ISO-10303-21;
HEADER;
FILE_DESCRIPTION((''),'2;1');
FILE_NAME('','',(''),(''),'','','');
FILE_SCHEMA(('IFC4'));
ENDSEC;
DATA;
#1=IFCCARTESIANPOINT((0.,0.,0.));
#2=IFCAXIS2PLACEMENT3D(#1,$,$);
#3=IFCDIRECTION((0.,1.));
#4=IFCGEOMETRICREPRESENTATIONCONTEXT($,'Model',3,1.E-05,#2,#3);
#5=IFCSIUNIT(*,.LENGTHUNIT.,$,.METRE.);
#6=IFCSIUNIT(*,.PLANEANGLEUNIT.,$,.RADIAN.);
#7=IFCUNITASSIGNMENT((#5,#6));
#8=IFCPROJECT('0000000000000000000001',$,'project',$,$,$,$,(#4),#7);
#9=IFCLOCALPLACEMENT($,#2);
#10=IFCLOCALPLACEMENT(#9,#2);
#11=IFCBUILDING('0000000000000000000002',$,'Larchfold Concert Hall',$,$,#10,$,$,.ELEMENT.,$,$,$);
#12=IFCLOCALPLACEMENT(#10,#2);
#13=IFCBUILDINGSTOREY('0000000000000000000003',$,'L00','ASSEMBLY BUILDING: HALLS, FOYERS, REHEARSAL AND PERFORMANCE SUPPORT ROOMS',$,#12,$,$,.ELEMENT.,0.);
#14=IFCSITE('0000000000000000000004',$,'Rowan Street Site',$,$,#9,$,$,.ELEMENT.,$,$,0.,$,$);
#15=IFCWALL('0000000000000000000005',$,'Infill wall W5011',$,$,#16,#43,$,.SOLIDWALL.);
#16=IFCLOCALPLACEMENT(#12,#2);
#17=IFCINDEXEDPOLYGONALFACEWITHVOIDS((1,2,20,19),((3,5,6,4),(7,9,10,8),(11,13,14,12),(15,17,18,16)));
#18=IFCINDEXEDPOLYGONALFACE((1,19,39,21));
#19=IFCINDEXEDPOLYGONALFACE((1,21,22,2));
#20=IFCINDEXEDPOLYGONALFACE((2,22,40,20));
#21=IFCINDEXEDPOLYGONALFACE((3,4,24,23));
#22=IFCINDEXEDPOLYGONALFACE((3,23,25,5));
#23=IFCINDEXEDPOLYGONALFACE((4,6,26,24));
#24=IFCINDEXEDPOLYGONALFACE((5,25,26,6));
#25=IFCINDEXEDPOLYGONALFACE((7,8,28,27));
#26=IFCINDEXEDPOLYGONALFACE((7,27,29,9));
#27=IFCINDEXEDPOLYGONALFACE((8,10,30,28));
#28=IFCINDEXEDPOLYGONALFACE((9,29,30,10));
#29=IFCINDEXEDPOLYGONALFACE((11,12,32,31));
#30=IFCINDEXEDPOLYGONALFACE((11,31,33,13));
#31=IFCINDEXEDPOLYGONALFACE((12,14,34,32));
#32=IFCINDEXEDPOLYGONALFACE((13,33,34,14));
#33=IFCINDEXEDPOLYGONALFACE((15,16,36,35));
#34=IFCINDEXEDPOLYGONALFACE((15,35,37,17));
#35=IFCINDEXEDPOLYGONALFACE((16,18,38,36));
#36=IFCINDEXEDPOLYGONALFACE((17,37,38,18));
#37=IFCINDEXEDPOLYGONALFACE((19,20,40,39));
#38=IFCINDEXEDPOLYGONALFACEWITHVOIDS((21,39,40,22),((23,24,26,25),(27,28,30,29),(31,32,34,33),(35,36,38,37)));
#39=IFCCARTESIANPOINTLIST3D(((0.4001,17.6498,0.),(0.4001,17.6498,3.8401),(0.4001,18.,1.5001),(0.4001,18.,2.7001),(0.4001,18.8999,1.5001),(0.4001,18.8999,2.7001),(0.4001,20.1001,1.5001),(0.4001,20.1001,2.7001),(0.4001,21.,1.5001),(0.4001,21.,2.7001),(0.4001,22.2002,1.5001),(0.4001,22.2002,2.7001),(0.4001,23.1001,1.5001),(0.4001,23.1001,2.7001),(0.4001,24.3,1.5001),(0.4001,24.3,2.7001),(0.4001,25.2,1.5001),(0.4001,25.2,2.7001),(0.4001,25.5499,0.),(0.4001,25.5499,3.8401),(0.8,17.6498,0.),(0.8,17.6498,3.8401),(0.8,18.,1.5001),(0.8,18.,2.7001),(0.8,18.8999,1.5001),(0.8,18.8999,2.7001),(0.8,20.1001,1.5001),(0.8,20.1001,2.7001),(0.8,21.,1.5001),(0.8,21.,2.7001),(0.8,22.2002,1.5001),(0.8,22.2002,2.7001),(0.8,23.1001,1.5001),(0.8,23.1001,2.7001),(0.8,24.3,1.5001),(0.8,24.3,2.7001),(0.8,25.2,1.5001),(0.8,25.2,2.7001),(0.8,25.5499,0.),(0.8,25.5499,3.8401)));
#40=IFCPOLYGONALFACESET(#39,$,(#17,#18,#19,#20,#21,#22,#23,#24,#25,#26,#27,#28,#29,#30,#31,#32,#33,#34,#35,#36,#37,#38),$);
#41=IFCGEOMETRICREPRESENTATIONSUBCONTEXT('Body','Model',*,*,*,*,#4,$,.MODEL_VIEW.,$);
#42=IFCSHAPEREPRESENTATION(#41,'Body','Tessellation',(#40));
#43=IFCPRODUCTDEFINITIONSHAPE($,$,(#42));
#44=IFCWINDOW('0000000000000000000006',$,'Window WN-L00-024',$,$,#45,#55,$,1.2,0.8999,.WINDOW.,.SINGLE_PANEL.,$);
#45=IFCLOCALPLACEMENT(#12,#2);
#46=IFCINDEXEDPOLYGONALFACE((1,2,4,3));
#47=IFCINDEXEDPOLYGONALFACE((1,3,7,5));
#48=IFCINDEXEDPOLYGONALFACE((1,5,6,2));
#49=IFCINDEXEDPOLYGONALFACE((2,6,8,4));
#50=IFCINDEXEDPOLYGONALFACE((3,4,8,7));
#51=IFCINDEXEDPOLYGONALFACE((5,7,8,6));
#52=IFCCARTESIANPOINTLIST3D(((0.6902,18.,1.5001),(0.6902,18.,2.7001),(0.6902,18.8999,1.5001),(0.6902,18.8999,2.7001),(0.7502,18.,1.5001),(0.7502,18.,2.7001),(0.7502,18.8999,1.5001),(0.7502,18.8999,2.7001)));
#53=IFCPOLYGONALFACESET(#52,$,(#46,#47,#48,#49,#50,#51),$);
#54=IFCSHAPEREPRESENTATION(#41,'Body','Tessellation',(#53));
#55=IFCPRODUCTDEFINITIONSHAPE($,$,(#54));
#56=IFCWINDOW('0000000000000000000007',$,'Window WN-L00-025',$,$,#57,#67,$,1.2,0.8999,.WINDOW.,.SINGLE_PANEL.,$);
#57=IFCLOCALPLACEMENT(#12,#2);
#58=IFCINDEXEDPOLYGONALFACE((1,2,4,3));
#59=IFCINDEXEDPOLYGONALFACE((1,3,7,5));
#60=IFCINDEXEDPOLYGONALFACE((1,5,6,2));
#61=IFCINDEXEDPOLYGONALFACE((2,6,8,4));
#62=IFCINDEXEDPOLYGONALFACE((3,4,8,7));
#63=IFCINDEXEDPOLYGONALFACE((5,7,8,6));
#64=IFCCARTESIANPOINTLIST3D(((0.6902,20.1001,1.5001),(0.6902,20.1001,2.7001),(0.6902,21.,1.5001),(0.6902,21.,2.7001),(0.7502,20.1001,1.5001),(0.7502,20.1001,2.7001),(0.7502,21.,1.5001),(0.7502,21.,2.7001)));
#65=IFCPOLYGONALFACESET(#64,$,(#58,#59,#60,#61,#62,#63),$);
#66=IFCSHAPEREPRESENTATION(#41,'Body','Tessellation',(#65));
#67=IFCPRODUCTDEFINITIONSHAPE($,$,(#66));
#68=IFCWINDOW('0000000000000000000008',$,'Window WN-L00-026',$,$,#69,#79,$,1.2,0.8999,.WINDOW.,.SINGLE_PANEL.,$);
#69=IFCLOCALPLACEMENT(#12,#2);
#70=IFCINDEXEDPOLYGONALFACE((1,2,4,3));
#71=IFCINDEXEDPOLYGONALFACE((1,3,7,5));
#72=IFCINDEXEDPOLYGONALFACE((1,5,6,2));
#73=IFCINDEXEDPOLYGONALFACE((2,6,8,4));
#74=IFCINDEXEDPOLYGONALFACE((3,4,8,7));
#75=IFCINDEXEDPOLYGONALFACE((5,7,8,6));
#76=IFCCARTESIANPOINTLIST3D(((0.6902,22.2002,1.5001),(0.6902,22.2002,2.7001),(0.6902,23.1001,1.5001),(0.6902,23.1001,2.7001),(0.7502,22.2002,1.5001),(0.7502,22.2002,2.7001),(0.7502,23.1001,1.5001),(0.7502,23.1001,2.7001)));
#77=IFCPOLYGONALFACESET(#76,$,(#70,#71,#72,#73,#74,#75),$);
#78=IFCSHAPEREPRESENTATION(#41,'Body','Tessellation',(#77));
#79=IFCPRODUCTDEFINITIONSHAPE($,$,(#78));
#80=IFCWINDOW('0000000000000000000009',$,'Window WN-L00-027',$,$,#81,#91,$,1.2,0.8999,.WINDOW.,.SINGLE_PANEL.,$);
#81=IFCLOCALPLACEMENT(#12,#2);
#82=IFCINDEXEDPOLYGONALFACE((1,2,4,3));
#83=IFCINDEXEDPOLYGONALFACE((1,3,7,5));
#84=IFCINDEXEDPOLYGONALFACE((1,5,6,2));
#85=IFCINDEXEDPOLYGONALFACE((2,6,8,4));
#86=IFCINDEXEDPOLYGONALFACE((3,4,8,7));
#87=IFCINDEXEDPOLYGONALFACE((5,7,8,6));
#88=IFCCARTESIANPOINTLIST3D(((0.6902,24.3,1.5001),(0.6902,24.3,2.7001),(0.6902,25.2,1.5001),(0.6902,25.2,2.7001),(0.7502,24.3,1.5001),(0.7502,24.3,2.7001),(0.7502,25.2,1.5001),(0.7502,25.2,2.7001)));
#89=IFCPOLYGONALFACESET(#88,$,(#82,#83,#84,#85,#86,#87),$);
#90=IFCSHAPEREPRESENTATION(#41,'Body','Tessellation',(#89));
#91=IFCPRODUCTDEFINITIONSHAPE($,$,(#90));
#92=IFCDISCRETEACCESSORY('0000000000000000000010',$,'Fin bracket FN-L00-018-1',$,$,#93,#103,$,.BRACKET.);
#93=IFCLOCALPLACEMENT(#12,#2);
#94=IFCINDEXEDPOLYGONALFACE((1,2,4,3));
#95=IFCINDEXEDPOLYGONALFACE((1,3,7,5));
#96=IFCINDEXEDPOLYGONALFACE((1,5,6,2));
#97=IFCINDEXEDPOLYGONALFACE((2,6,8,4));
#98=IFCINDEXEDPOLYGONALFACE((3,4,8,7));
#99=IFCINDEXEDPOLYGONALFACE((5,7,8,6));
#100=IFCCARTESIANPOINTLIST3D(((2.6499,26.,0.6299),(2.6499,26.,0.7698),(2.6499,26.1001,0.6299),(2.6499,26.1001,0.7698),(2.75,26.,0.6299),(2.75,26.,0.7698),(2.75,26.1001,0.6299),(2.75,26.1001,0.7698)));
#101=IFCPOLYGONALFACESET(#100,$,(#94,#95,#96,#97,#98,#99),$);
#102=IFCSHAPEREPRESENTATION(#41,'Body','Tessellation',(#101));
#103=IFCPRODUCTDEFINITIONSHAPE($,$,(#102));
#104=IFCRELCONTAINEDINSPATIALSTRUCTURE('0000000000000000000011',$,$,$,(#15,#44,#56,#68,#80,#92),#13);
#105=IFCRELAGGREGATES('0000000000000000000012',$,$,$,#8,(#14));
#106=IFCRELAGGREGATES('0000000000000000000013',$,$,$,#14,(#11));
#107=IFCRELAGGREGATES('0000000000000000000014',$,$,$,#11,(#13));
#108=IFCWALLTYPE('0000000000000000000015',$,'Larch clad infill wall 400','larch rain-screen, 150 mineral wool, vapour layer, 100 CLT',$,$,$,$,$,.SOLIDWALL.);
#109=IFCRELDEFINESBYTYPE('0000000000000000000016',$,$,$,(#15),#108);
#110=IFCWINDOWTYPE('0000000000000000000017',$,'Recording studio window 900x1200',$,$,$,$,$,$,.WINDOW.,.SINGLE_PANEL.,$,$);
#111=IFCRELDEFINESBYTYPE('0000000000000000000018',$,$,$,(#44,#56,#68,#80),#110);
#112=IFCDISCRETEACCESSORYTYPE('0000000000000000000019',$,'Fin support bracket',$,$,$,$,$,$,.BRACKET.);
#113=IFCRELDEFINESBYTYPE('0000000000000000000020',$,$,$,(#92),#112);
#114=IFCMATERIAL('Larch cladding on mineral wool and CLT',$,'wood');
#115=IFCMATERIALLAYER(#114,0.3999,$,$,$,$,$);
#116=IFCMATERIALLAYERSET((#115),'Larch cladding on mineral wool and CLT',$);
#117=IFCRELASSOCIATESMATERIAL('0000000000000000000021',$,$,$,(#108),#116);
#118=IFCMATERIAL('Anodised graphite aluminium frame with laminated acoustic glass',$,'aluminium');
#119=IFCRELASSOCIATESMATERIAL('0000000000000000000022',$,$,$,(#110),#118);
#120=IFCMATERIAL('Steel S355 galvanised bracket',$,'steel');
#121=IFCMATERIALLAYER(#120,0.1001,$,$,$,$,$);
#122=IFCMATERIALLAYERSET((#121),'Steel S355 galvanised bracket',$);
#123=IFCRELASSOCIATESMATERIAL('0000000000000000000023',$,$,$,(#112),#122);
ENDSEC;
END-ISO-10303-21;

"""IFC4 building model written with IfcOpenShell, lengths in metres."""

from ifc_helpers import new_model, si_unit, direction, frame, frame_2d, origin, origin_2d, place, context, subcontext, project, spatial, rectangle, extrude, material, layer, layer_set, type_object, element, fill, save


model = new_model("IFC4")

# Units and contexts
model_context = context("Model", 3, precision=1e-05, world=origin(), true_north=direction((0.0, 1.0)))
body_context = subcontext(model_context, "Body", "Model", "MODEL_VIEW")
ifc_project = project(units=[si_unit("LENGTHUNIT", "METRE"), si_unit("PLANEANGLEUNIT", "RADIAN")], contexts=[model_context])

# Site, building, storey
site_placement = place(None, origin())
site = spatial("IfcSite", under=ifc_project, at=site_placement, Name="Rowan Street Site", CompositionType="ELEMENT", RefElevation=0.0)
building_placement = place(site_placement, origin())
building = spatial("IfcBuilding", under=site, at=building_placement, Name="Larchfold Concert Hall", CompositionType="ELEMENT")
storey_placement = place(building_placement, origin())
storey = spatial("IfcBuildingStorey", under=building, at=storey_placement, Name="L00", Description="ASSEMBLY BUILDING: HALLS, FOYERS, REHEARSAL AND PERFORMANCE SUPPORT ROOMS", CompositionType="ELEMENT", Elevation=0.0)

# Wall, openings, windows
ifc_material_1 = material(Name="Larch cladding on mineral wool and CLT", Category="wood")
ifc_layer_1 = layer(ifc_material_1, 0.3999)
ifc_layer_set_1 = layer_set([ifc_layer_1], Name="Larch cladding on mineral wool and CLT")
wall_type_1 = type_object("IfcWallType", Name="Larch clad infill wall 400", Description="larch rain-screen, 150 mineral wool, vapour layer, 100 CLT", PredefinedType="SOLIDWALL", material=ifc_layer_set_1)
ifc_material_2 = material(Name="Anodised graphite aluminium frame with laminated acoustic glass", Category="aluminium")
window_type = type_object("IfcWindowType", Name="Recording studio window 900x1200", PartitioningType="SINGLE_PANEL", PredefinedType="WINDOW", material=ifc_material_2)
wall_1_placement = place(storey_placement, frame((0.6001, 25.55, 0.0), z_axis=(0.0, 0.0, 1.0), x_axis=(0.0, -1.0, 0.0)))
wall_1 = element("IfcWall", 1, at=wall_1_placement, inside=storey, type_object=wall_type_1, Name="Infill wall W5011", PredefinedType="SOLIDWALL", context=body_context, shape_type="SweptSolid", body=[
    extrude(rectangle(XDim=7.9001, YDim=0.3999, at=frame_2d((3.9502, 0.0))), origin(), (0.0, 0.0, 1.0), 3.8401),
])
opening_1_placement = place(wall_1_placement, frame((6.6501, 0.0, 1.5)))
opening_1 = element("IfcOpeningElement", 2, at=opening_1_placement, cuts=wall_1, PredefinedType="OPENING", context=body_context, shape_type="SweptSolid", body=[
    extrude(rectangle(XDim=0.8999, YDim=1.2, at=frame_2d((0.45, 0.6001))), frame((0.0, 0.21, 0.0), z_axis=(0.0, -1.0, 0.0), x_axis=(1.0, 0.0, 0.0)), (0.0, 0.0, 1.0), 0.4199),
])
opening_2_placement = place(wall_1_placement, frame((4.55, 0.0, 1.5)))
opening_2 = element("IfcOpeningElement", 3, at=opening_2_placement, cuts=wall_1, PredefinedType="OPENING", context=body_context, shape_type="SweptSolid", body=[
    extrude(rectangle(XDim=0.8999, YDim=1.2, at=frame_2d((0.45, 0.6001))), frame((0.0, 0.21, 0.0), z_axis=(0.0, -1.0, 0.0), x_axis=(1.0, 0.0, 0.0)), (0.0, 0.0, 1.0), 0.4199),
])
opening_3_placement = place(wall_1_placement, frame((2.45, 0.0, 1.5)))
opening_3 = element("IfcOpeningElement", 4, at=opening_3_placement, cuts=wall_1, PredefinedType="OPENING", context=body_context, shape_type="SweptSolid", body=[
    extrude(rectangle(XDim=0.8999, YDim=1.2, at=frame_2d((0.45, 0.6001))), frame((0.0, 0.21, 0.0), z_axis=(0.0, -1.0, 0.0), x_axis=(1.0, 0.0, 0.0)), (0.0, 0.0, 1.0), 0.4199),
])
opening_4_placement = place(wall_1_placement, frame((0.3501, 0.0, 1.5)))
opening_4 = element("IfcOpeningElement", 5, at=opening_4_placement, cuts=wall_1, PredefinedType="OPENING", context=body_context, shape_type="SweptSolid", body=[
    extrude(rectangle(XDim=0.8999, YDim=1.2, at=frame_2d((0.45, 0.6001))), frame((0.0, 0.21, 0.0), z_axis=(0.0, -1.0, 0.0), x_axis=(1.0, 0.0, 0.0)), (0.0, 0.0, 1.0), 0.4199),
])
window_1_placement = place(opening_1_placement, origin())
window_1 = element("IfcWindow", 6, at=window_1_placement, inside=storey, type_object=window_type, Name="Window WN-L00-024", OverallHeight=1.2, OverallWidth=0.8999, PartitioningType="SINGLE_PANEL", PredefinedType="WINDOW", context=body_context, shape_type="SweptSolid", body=[
    extrude(rectangle(XDim=0.8999, YDim=1.2, at=frame_2d((0.45, 0.6001))), frame((0.0, 0.1501, 0.0), z_axis=(0.0, -1.0, 0.0), x_axis=(1.0, 0.0, 0.0)), (0.0, 0.0, 1.0), 0.0601),
])
fill(opening_1, window_1)
window_2_placement = place(opening_2_placement, origin())
window_2 = element("IfcWindow", 7, at=window_2_placement, inside=storey, type_object=window_type, Name="Window WN-L00-025", OverallHeight=1.2, OverallWidth=0.8999, PartitioningType="SINGLE_PANEL", PredefinedType="WINDOW", context=body_context, shape_type="SweptSolid", body=[
    extrude(rectangle(XDim=0.8999, YDim=1.2, at=frame_2d((0.45, 0.6001))), frame((0.0, 0.1501, 0.0), z_axis=(0.0, -1.0, 0.0), x_axis=(1.0, 0.0, 0.0)), (0.0, 0.0, 1.0), 0.0601),
])
fill(opening_2, window_2)
window_3_placement = place(opening_3_placement, origin())
window_3 = element("IfcWindow", 8, at=window_3_placement, inside=storey, type_object=window_type, Name="Window WN-L00-026", OverallHeight=1.2, OverallWidth=0.8999, PartitioningType="SINGLE_PANEL", PredefinedType="WINDOW", context=body_context, shape_type="SweptSolid", body=[
    extrude(rectangle(XDim=0.8999, YDim=1.2, at=frame_2d((0.45, 0.6001))), frame((0.0, 0.1501, 0.0), z_axis=(0.0, -1.0, 0.0), x_axis=(1.0, 0.0, 0.0)), (0.0, 0.0, 1.0), 0.0601),
])
fill(opening_3, window_3)
window_4_placement = place(opening_4_placement, origin())
window_4 = element("IfcWindow", 9, at=window_4_placement, inside=storey, type_object=window_type, Name="Window WN-L00-027", OverallHeight=1.2, OverallWidth=0.8999, PartitioningType="SINGLE_PANEL", PredefinedType="WINDOW", context=body_context, shape_type="SweptSolid", body=[
    extrude(rectangle(XDim=0.8999, YDim=1.2, at=frame_2d((0.45, 0.6001))), frame((0.0, 0.1501, 0.0), z_axis=(0.0, -1.0, 0.0), x_axis=(1.0, 0.0, 0.0)), (0.0, 0.0, 1.0), 0.0601),
])
fill(opening_4, window_4)

# Discrete accessory
ifc_material_3 = material(Name="Steel S355 galvanised bracket", Category="steel")
ifc_layer_2 = layer(ifc_material_3, 0.1001)
ifc_layer_set_2 = layer_set([ifc_layer_2], Name="Steel S355 galvanised bracket")
discrete_accessory_type = type_object("IfcDiscreteAccessoryType", Name="Fin support bracket", PredefinedType="BRACKET", material=ifc_layer_set_2)
discrete_accessory_placement = place(storey_placement, frame((2.7, 26.05, 0.6299), z_axis=(0.0, 0.0, 1.0), x_axis=(0.0, 1.0, 0.0)))
element("IfcDiscreteAccessory", 10, at=discrete_accessory_placement, inside=storey, type_object=discrete_accessory_type, Name="Fin bracket FN-L00-018-1", PredefinedType="BRACKET", context=body_context, shape_type="SweptSolid", body=[
    extrude(rectangle(XDim=0.1001, YDim=0.1001, at=origin_2d()), origin(), (0.0, 0.0, 1.0), 0.1399),
])

save(model, "model.ifc")
